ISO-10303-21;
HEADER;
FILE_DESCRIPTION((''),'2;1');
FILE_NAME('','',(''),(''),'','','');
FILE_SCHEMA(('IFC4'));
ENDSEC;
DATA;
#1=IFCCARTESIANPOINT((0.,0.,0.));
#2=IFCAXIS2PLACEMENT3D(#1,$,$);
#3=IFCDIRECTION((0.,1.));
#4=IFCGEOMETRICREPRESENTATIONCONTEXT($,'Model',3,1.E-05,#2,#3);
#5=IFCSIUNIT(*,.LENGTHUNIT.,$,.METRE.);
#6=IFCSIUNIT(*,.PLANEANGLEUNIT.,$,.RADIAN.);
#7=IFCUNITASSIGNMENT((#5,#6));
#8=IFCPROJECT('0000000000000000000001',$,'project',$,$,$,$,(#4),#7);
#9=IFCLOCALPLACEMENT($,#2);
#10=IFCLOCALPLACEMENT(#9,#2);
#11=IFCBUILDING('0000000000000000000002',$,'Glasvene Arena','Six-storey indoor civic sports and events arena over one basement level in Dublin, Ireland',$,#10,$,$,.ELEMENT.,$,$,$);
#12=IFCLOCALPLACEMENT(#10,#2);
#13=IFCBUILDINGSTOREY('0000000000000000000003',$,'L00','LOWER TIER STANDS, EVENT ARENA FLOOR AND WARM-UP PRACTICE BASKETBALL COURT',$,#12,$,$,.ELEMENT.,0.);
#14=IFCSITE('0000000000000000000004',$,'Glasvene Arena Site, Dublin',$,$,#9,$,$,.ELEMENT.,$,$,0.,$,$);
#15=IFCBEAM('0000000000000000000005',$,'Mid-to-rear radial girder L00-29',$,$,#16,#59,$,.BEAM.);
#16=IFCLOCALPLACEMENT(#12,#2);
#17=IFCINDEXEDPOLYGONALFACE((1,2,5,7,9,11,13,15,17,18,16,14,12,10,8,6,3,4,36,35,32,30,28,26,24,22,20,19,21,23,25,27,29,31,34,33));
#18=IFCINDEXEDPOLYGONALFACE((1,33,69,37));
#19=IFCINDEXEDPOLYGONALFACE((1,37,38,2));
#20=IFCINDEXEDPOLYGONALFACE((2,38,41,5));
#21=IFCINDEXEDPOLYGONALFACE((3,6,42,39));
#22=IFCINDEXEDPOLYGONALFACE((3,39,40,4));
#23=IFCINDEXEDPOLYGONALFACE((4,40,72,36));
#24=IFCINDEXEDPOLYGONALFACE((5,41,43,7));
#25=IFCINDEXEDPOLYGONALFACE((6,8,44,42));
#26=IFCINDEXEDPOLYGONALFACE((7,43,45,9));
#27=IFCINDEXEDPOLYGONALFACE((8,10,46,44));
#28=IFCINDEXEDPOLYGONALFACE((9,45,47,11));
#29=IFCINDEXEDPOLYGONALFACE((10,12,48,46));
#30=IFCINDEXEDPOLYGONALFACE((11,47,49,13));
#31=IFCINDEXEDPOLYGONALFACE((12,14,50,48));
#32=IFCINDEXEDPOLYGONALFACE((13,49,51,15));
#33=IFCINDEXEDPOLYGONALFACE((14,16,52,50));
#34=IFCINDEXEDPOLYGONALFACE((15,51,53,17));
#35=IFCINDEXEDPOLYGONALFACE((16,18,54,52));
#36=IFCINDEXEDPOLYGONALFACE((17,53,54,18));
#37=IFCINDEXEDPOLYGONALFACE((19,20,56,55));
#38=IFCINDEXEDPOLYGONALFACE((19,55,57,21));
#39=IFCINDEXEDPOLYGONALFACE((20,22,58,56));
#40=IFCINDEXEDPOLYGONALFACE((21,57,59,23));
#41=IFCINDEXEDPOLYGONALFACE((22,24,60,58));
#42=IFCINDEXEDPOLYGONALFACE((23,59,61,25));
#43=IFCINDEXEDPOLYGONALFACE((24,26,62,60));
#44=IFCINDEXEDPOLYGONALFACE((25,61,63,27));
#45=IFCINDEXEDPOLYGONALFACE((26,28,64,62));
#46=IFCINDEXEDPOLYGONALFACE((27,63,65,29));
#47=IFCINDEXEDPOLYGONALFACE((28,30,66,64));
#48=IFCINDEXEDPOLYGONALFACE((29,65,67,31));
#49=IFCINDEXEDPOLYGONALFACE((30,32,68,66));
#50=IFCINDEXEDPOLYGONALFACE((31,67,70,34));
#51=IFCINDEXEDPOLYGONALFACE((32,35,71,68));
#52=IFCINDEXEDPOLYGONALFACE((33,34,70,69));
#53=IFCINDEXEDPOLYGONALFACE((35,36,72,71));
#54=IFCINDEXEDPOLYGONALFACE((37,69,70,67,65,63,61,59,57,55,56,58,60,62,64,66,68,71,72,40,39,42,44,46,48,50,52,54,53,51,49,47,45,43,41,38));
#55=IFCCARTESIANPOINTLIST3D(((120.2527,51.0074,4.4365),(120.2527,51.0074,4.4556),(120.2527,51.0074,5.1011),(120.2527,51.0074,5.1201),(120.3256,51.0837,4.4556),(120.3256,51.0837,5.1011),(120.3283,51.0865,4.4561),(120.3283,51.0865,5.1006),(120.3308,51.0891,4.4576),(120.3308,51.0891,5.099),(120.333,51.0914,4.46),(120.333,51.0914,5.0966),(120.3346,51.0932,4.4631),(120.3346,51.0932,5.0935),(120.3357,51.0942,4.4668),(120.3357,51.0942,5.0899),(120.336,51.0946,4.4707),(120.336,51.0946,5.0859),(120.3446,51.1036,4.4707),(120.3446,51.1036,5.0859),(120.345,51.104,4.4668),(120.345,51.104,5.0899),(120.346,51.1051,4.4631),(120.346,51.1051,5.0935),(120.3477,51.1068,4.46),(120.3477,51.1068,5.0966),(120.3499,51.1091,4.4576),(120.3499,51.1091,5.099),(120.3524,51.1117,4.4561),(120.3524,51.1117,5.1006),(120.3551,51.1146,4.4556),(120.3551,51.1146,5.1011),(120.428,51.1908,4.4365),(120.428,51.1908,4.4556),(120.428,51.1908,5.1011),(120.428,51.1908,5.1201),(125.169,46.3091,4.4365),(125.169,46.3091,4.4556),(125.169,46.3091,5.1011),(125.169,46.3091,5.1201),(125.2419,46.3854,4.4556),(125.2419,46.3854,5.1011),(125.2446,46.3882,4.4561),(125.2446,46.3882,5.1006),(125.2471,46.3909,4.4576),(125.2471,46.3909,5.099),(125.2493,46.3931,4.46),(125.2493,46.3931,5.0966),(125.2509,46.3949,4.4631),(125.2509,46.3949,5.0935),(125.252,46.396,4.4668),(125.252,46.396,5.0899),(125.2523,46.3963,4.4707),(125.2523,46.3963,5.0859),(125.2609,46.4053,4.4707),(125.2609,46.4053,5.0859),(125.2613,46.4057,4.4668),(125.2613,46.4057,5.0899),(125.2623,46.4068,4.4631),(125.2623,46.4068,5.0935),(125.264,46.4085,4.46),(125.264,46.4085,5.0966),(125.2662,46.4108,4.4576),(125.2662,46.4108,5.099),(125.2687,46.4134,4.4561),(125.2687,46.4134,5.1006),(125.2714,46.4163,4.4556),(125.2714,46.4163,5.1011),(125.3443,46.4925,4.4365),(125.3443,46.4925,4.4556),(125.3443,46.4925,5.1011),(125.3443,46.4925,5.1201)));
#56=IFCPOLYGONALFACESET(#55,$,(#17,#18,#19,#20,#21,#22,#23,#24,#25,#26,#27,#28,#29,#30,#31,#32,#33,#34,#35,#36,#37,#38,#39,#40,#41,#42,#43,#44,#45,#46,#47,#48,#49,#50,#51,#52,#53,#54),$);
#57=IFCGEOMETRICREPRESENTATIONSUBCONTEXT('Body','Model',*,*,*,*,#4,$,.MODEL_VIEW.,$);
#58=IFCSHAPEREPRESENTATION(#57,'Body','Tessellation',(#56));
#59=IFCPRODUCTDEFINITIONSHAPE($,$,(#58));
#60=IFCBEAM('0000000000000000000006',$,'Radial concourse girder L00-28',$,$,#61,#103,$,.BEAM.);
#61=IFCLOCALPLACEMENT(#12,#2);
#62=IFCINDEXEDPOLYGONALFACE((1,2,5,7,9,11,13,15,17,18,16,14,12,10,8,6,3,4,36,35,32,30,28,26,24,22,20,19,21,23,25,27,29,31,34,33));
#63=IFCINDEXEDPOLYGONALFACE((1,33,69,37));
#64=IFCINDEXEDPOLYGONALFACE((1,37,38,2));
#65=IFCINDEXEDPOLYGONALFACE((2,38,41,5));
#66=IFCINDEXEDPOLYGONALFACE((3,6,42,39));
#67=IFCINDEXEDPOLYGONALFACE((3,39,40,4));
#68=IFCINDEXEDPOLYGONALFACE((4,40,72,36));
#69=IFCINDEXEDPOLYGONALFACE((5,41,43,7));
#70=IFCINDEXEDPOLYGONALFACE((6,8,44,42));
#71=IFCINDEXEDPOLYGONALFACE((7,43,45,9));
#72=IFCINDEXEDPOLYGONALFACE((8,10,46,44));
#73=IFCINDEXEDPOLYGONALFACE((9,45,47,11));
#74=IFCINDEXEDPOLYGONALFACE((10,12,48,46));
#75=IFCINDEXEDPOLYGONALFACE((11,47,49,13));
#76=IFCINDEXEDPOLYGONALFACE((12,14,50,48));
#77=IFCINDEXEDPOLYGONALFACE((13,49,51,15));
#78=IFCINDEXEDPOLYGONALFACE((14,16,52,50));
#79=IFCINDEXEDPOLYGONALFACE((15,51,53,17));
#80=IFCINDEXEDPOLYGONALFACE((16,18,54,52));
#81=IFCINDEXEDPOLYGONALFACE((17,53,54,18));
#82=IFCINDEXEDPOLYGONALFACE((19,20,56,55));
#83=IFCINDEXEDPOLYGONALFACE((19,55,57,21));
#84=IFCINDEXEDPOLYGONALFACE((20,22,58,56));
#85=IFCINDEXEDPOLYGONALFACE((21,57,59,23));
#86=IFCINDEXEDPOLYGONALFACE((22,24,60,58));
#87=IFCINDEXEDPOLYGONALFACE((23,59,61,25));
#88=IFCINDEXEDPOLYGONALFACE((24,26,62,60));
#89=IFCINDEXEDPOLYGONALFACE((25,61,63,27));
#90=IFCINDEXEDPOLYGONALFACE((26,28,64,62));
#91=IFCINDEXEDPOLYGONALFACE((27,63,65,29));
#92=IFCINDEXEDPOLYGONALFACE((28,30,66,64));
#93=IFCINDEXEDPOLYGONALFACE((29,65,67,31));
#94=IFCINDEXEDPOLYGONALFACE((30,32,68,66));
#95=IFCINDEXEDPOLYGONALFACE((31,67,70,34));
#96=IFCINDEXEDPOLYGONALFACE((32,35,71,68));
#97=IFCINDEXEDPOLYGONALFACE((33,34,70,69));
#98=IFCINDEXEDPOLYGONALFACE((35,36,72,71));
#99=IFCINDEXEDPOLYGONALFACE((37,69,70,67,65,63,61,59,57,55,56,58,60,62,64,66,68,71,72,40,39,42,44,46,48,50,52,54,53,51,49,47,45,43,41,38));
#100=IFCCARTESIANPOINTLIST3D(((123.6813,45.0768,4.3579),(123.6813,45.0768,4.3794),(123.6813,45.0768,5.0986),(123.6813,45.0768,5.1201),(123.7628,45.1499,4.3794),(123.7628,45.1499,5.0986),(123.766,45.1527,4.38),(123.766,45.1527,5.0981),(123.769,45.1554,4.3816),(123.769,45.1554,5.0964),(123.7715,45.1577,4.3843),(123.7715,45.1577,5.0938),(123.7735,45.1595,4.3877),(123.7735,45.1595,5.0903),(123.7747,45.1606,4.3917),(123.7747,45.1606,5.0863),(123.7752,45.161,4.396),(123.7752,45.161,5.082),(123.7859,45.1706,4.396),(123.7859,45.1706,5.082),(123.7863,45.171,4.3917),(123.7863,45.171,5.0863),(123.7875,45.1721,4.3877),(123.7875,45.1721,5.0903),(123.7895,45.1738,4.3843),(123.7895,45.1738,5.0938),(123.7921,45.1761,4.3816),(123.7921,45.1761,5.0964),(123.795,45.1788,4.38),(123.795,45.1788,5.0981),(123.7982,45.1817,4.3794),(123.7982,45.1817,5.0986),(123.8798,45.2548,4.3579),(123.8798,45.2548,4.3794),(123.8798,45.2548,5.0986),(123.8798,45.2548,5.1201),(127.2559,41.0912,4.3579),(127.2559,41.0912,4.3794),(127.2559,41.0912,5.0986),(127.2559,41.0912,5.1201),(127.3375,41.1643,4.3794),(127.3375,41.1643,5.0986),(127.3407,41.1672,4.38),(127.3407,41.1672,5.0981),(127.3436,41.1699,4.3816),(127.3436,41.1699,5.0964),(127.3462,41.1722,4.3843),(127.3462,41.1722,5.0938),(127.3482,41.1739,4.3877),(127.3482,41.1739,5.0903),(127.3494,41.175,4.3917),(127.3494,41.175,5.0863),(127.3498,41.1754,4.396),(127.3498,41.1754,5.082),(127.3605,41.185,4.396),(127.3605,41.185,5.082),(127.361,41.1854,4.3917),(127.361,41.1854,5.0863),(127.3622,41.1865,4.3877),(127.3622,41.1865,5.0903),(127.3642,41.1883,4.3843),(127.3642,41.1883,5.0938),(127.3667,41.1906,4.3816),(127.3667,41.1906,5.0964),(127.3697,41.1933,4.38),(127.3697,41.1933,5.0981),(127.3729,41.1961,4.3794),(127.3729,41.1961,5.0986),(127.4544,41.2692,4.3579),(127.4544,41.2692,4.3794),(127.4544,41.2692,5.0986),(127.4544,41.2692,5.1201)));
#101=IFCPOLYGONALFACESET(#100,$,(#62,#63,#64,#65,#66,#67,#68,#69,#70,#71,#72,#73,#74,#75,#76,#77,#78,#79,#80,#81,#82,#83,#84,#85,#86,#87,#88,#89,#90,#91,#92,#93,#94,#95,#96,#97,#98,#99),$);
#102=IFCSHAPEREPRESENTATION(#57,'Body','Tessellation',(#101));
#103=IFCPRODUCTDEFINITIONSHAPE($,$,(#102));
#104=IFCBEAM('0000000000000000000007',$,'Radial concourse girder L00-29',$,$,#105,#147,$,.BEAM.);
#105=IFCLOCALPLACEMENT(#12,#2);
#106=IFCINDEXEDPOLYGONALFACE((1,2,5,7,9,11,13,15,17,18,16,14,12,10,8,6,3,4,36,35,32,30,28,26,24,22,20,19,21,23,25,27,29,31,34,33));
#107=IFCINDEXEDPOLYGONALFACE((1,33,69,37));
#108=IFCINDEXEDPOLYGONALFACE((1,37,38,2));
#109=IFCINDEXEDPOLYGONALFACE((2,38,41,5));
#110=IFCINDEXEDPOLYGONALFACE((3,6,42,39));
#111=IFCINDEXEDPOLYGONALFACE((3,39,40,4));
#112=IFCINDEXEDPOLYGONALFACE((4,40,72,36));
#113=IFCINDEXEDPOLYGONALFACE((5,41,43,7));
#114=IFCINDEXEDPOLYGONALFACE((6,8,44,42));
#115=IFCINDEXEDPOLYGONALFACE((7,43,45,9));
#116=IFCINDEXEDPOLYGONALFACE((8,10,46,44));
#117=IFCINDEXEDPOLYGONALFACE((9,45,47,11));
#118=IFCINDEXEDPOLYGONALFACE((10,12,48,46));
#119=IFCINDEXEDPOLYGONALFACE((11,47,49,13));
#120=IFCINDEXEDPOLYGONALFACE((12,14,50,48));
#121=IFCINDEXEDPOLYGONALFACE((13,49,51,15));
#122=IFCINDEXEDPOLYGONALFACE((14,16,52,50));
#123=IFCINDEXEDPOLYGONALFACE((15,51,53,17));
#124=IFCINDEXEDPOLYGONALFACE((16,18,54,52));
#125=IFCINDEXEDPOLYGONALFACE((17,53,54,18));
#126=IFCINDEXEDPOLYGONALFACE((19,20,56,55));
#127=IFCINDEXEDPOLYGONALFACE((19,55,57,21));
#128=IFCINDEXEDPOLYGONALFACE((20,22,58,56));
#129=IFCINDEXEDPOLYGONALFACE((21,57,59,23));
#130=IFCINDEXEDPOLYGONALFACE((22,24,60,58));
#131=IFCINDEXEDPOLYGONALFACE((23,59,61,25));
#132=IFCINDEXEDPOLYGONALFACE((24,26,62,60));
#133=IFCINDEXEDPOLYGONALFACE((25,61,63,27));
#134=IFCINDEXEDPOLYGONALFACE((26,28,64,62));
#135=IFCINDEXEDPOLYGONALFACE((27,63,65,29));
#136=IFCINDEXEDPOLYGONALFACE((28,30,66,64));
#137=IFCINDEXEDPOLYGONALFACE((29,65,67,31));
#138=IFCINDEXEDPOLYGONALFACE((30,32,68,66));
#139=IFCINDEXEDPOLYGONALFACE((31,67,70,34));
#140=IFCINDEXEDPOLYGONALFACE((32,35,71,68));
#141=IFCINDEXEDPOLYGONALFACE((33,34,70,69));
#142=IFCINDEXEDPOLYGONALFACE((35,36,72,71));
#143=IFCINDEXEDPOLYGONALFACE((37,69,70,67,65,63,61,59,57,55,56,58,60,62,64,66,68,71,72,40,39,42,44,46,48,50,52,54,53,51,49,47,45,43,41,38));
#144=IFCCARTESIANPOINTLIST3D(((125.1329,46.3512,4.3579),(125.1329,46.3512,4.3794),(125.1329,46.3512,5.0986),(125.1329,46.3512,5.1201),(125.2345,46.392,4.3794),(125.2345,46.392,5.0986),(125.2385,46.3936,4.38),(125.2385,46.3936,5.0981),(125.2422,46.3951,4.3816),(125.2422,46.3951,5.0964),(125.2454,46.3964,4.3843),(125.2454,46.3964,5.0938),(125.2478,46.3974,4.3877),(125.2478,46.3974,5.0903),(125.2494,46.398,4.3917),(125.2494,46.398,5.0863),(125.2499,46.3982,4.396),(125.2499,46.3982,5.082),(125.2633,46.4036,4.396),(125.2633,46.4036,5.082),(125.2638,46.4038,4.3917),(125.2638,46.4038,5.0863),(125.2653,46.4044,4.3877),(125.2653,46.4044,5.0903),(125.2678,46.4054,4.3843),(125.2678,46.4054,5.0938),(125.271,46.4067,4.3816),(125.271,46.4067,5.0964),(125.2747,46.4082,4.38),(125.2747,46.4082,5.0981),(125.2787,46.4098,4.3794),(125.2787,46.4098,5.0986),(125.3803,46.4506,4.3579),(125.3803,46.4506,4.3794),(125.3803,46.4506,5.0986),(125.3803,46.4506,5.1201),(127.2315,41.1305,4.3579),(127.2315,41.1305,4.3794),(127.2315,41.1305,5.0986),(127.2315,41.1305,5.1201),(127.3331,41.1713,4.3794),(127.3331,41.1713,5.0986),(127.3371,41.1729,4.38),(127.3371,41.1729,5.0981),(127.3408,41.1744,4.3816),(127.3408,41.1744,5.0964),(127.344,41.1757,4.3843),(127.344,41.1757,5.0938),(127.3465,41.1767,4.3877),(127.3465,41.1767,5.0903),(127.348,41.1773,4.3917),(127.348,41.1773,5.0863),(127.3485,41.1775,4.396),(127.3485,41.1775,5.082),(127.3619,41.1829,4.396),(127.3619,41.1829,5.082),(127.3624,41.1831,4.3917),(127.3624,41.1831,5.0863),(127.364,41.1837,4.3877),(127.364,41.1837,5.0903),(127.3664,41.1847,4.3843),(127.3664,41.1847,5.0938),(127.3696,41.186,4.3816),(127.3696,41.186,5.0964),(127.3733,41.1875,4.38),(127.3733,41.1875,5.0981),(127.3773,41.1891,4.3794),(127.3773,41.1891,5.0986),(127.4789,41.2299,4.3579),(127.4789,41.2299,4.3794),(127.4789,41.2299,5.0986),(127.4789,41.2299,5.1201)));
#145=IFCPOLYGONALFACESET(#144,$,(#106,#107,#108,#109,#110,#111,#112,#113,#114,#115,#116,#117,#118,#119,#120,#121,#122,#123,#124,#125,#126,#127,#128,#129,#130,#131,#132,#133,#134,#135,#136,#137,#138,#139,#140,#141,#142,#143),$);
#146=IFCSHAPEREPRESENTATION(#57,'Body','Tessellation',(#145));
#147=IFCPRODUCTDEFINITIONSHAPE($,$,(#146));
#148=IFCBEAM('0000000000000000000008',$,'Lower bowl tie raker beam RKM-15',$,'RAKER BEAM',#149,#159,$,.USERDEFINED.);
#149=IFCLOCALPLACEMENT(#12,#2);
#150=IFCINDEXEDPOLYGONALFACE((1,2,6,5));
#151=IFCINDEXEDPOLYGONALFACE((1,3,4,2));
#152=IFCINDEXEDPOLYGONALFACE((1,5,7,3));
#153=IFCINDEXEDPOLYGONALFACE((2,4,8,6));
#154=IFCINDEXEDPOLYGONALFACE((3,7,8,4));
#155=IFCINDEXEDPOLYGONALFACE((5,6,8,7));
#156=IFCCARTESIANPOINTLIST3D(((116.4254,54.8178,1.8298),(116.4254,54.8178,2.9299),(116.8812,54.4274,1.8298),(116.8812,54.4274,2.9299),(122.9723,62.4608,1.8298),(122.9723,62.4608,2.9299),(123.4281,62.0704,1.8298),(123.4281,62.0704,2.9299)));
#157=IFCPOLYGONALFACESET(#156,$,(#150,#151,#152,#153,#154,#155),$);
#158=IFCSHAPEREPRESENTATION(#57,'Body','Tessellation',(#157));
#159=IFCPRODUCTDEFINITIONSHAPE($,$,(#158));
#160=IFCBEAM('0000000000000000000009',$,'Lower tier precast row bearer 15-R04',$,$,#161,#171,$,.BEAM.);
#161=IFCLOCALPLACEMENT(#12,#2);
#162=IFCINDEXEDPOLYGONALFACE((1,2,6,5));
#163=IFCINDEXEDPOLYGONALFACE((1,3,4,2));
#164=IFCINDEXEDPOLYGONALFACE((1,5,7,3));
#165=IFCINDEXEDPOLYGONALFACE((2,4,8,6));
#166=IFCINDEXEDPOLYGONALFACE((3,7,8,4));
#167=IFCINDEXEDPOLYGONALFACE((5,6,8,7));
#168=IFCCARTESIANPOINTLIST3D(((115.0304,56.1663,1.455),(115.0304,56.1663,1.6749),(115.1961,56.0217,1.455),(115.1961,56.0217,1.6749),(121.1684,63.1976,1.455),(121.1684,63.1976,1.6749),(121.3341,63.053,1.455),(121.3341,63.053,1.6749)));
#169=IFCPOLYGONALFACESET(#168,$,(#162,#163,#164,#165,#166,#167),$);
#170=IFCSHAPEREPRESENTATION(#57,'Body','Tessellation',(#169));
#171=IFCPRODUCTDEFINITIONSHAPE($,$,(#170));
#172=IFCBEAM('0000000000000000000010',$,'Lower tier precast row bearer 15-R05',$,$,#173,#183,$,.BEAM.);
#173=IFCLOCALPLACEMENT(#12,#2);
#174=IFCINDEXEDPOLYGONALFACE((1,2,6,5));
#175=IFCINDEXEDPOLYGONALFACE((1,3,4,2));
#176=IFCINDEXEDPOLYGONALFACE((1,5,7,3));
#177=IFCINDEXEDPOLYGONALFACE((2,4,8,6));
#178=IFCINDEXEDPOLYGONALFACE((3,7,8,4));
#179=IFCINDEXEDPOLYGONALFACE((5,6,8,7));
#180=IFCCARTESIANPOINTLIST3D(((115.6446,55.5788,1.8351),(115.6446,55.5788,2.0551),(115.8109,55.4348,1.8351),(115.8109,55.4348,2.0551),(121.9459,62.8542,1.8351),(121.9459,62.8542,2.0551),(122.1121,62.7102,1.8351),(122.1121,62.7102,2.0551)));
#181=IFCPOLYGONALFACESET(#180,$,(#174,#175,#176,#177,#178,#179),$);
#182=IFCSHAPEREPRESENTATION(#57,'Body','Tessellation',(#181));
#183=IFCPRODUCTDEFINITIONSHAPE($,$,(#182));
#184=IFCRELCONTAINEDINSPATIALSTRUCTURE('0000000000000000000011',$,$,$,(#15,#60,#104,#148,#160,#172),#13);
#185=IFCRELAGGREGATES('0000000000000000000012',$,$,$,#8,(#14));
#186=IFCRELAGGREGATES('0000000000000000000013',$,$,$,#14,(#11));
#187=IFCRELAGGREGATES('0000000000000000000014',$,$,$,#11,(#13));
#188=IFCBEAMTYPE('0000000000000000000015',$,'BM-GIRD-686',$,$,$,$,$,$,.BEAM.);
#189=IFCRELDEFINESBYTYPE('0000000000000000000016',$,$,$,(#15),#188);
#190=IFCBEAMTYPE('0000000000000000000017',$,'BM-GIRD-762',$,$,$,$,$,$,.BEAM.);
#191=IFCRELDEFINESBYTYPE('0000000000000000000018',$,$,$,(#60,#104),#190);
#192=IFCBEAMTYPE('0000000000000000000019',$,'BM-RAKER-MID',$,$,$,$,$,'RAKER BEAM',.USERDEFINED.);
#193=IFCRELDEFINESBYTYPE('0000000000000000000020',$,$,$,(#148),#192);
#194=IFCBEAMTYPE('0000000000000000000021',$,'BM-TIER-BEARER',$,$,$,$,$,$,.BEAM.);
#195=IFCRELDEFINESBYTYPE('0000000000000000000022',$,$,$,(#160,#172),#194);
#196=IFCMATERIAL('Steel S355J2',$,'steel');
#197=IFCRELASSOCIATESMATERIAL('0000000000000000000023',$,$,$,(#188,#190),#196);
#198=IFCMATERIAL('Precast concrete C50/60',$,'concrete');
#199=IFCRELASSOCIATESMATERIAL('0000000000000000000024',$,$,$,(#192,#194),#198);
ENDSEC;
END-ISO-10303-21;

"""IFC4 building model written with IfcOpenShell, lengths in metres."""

from ifc_helpers import new_model, si_unit, direction, frame, origin, origin_2d, place, context, subcontext, project, spatial, rectangle, i_section, extrude, material, material_profile, profile_set, type_object, element, save


model = new_model("IFC4")

# Units and contexts
model_context = context("Model", 3, precision=1e-05, world=origin(), true_north=direction((0.0, 1.0)))
body_context = subcontext(model_context, "Body", "Model", "MODEL_VIEW")
ifc_project = project(units=[si_unit("LENGTHUNIT", "METRE"), si_unit("PLANEANGLEUNIT", "RADIAN")], contexts=[model_context])

# Site, building, storey
site_placement = place(None, origin())
site = spatial("IfcSite", under=ifc_project, at=site_placement, Name="Glasvene Arena Site, Dublin", CompositionType="ELEMENT", RefElevation=0.0)
building_placement = place(site_placement, origin())
building = spatial("IfcBuilding", under=site, at=building_placement, Name="Glasvene Arena", Description="Six-storey indoor civic sports and events arena over one basement level in Dublin, Ireland", CompositionType="ELEMENT")
storey_placement = place(building_placement, origin())
storey = spatial("IfcBuildingStorey", under=building, at=storey_placement, Name="L00", Description="LOWER TIER STANDS, EVENT ARENA FLOOR AND WARM-UP PRACTICE BASKETBALL COURT", CompositionType="ELEMENT", Elevation=0.0)

# Shared definitions
ifc_material_1 = material(Name="Steel S355J2", Category="steel")

# Beams
ifc_material_profile_1 = material_profile(ifc_material_1, i_section(OverallWidth=0.2537, OverallDepth=0.6836, WebThickness=0.0125, FlangeThickness=0.019, FilletRadius=0.0151, at=origin_2d()), Name="UKB 686x254x140")
ifc_profile_set_1 = profile_set([ifc_material_profile_1], Name="Steel S355J2")
beam_type_1 = type_object("IfcBeamType", Name="BM-GIRD-686", PredefinedType="BEAM", material=ifc_profile_set_1)
beam_1_placement = place(storey_placement, frame((120.3403, 51.0991, 4.7783), z_axis=(0.722955, -0.690895, 0.0), x_axis=(0.690895, 0.722955, 0.0)))
element("IfcBeam", 1, at=beam_1_placement, inside=storey, type_object=beam_type_1, Name="Mid-to-rear radial girder L00-29", PredefinedType="BEAM", context=body_context, shape_type="SweptSolid", body=[
    extrude(i_section(OverallWidth=0.2537, OverallDepth=0.6836, WebThickness=0.0125, FlangeThickness=0.019, FilletRadius=0.0151, at=origin_2d()), origin(), (0.0, 0.0, 1.0), 6.8003),
])
ifc_material_profile_2 = material_profile(ifc_material_1, i_section(OverallWidth=0.2666, OverallDepth=0.7622, WebThickness=0.0144, FlangeThickness=0.0215, FilletRadius=0.0166, at=origin_2d()), Name="UKB 762x267x173")
ifc_profile_set_2 = profile_set([ifc_material_profile_2], Name="Steel S355J2")
beam_type_2 = type_object("IfcBeamType", Name="BM-GIRD-762", PredefinedType="BEAM", material=ifc_profile_set_2)
beam_2_placement = place(storey_placement, frame((123.7805, 45.1658, 4.739), z_axis=(0.667691, -0.744438, 0.0), x_axis=(0.744438, 0.667691, 0.0)))
element("IfcBeam", 2, at=beam_2_placement, inside=storey, type_object=beam_type_2, Name="Radial concourse girder L00-28", PredefinedType="BEAM", context=body_context, shape_type="SweptSolid", body=[
    extrude(i_section(OverallWidth=0.2666, OverallDepth=0.7622, WebThickness=0.0144, FlangeThickness=0.0215, FilletRadius=0.0166, at=origin_2d()), origin(), (0.0, 0.0, 1.0), 5.3538),
])
beam_3_placement = place(storey_placement, frame((125.2566, 46.4009, 4.739), z_axis=(0.372976, -0.927841, 0.0), x_axis=(0.927841, 0.372976, 0.0)))
element("IfcBeam", 3, at=beam_3_placement, inside=storey, type_object=beam_type_2, Name="Radial concourse girder L00-29", PredefinedType="BEAM", context=body_context, shape_type="SweptSolid", body=[
    extrude(i_section(OverallWidth=0.2666, OverallDepth=0.7622, WebThickness=0.0144, FlangeThickness=0.0215, FilletRadius=0.0166, at=origin_2d()), origin(), (0.0, 0.0, 1.0), 5.6267),
])
ifc_material_2 = material(Name="Precast concrete C50/60", Category="concrete")
ifc_material_profile_3 = material_profile(ifc_material_2, rectangle(XDim=0.6001, YDim=1.1001, at=origin_2d()), Name="RC 600x1100")
ifc_profile_set_3 = profile_set([ifc_material_profile_3], Name="Precast concrete C50/60")
beam_type_3 = type_object("IfcBeamType", Name="BM-RAKER-MID", ElementType="RAKER BEAM", PredefinedType="USERDEFINED", material=ifc_profile_set_3)
beam_4_placement = place(storey_placement, frame((116.6533, 54.6226, 2.3799), z_axis=(0.650544, 0.759469, 0.0), x_axis=(-0.759469, 0.650544, 0.0)))
element("IfcBeam", 4, at=beam_4_placement, inside=storey, type_object=beam_type_3, Name="Lower bowl tie raker beam RKM-15", ObjectType="RAKER BEAM", PredefinedType="USERDEFINED", context=body_context, shape_type="SweptSolid", body=[
    extrude(rectangle(XDim=0.6001, YDim=1.1001, at=origin_2d()), origin(), (0.0, 0.0, 1.0), 10.0637),
])
ifc_material_profile_4 = material_profile(ifc_material_2, rectangle(XDim=0.22, YDim=0.22, at=origin_2d()), Name="RC 220x220")
ifc_profile_set_4 = profile_set([ifc_material_profile_4], Name="Precast concrete C50/60")
beam_type_4 = type_object("IfcBeamType", Name="BM-TIER-BEARER", PredefinedType="BEAM", material=ifc_profile_set_4)
beam_5_placement = place(storey_placement, frame((115.1133, 56.094, 1.5649), z_axis=(0.65763, 0.753341, 0.0), x_axis=(-0.753341, 0.65763, 0.0)))
element("IfcBeam", 5, at=beam_5_placement, inside=storey, type_object=beam_type_4, Name="Lower tier precast row bearer 15-R04", PredefinedType="BEAM", context=body_context, shape_type="SweptSolid", body=[
    extrude(rectangle(XDim=0.22, YDim=0.22, at=origin_2d()), origin(), (0.0, 0.0, 1.0), 9.3335),
])
beam_6_placement = place(storey_placement, frame((115.7278, 55.5068, 1.9451), z_axis=(0.654689, 0.755898, 0.0), x_axis=(-0.755898, 0.654689, 0.0)))
element("IfcBeam", 6, at=beam_6_placement, inside=storey, type_object=beam_type_4, Name="Lower tier precast row bearer 15-R05", PredefinedType="BEAM", context=body_context, shape_type="SweptSolid", body=[
    extrude(rectangle(XDim=0.22, YDim=0.22, at=origin_2d()), origin(), (0.0, 0.0, 1.0), 9.6248),
])

save(model, "model.ifc")
